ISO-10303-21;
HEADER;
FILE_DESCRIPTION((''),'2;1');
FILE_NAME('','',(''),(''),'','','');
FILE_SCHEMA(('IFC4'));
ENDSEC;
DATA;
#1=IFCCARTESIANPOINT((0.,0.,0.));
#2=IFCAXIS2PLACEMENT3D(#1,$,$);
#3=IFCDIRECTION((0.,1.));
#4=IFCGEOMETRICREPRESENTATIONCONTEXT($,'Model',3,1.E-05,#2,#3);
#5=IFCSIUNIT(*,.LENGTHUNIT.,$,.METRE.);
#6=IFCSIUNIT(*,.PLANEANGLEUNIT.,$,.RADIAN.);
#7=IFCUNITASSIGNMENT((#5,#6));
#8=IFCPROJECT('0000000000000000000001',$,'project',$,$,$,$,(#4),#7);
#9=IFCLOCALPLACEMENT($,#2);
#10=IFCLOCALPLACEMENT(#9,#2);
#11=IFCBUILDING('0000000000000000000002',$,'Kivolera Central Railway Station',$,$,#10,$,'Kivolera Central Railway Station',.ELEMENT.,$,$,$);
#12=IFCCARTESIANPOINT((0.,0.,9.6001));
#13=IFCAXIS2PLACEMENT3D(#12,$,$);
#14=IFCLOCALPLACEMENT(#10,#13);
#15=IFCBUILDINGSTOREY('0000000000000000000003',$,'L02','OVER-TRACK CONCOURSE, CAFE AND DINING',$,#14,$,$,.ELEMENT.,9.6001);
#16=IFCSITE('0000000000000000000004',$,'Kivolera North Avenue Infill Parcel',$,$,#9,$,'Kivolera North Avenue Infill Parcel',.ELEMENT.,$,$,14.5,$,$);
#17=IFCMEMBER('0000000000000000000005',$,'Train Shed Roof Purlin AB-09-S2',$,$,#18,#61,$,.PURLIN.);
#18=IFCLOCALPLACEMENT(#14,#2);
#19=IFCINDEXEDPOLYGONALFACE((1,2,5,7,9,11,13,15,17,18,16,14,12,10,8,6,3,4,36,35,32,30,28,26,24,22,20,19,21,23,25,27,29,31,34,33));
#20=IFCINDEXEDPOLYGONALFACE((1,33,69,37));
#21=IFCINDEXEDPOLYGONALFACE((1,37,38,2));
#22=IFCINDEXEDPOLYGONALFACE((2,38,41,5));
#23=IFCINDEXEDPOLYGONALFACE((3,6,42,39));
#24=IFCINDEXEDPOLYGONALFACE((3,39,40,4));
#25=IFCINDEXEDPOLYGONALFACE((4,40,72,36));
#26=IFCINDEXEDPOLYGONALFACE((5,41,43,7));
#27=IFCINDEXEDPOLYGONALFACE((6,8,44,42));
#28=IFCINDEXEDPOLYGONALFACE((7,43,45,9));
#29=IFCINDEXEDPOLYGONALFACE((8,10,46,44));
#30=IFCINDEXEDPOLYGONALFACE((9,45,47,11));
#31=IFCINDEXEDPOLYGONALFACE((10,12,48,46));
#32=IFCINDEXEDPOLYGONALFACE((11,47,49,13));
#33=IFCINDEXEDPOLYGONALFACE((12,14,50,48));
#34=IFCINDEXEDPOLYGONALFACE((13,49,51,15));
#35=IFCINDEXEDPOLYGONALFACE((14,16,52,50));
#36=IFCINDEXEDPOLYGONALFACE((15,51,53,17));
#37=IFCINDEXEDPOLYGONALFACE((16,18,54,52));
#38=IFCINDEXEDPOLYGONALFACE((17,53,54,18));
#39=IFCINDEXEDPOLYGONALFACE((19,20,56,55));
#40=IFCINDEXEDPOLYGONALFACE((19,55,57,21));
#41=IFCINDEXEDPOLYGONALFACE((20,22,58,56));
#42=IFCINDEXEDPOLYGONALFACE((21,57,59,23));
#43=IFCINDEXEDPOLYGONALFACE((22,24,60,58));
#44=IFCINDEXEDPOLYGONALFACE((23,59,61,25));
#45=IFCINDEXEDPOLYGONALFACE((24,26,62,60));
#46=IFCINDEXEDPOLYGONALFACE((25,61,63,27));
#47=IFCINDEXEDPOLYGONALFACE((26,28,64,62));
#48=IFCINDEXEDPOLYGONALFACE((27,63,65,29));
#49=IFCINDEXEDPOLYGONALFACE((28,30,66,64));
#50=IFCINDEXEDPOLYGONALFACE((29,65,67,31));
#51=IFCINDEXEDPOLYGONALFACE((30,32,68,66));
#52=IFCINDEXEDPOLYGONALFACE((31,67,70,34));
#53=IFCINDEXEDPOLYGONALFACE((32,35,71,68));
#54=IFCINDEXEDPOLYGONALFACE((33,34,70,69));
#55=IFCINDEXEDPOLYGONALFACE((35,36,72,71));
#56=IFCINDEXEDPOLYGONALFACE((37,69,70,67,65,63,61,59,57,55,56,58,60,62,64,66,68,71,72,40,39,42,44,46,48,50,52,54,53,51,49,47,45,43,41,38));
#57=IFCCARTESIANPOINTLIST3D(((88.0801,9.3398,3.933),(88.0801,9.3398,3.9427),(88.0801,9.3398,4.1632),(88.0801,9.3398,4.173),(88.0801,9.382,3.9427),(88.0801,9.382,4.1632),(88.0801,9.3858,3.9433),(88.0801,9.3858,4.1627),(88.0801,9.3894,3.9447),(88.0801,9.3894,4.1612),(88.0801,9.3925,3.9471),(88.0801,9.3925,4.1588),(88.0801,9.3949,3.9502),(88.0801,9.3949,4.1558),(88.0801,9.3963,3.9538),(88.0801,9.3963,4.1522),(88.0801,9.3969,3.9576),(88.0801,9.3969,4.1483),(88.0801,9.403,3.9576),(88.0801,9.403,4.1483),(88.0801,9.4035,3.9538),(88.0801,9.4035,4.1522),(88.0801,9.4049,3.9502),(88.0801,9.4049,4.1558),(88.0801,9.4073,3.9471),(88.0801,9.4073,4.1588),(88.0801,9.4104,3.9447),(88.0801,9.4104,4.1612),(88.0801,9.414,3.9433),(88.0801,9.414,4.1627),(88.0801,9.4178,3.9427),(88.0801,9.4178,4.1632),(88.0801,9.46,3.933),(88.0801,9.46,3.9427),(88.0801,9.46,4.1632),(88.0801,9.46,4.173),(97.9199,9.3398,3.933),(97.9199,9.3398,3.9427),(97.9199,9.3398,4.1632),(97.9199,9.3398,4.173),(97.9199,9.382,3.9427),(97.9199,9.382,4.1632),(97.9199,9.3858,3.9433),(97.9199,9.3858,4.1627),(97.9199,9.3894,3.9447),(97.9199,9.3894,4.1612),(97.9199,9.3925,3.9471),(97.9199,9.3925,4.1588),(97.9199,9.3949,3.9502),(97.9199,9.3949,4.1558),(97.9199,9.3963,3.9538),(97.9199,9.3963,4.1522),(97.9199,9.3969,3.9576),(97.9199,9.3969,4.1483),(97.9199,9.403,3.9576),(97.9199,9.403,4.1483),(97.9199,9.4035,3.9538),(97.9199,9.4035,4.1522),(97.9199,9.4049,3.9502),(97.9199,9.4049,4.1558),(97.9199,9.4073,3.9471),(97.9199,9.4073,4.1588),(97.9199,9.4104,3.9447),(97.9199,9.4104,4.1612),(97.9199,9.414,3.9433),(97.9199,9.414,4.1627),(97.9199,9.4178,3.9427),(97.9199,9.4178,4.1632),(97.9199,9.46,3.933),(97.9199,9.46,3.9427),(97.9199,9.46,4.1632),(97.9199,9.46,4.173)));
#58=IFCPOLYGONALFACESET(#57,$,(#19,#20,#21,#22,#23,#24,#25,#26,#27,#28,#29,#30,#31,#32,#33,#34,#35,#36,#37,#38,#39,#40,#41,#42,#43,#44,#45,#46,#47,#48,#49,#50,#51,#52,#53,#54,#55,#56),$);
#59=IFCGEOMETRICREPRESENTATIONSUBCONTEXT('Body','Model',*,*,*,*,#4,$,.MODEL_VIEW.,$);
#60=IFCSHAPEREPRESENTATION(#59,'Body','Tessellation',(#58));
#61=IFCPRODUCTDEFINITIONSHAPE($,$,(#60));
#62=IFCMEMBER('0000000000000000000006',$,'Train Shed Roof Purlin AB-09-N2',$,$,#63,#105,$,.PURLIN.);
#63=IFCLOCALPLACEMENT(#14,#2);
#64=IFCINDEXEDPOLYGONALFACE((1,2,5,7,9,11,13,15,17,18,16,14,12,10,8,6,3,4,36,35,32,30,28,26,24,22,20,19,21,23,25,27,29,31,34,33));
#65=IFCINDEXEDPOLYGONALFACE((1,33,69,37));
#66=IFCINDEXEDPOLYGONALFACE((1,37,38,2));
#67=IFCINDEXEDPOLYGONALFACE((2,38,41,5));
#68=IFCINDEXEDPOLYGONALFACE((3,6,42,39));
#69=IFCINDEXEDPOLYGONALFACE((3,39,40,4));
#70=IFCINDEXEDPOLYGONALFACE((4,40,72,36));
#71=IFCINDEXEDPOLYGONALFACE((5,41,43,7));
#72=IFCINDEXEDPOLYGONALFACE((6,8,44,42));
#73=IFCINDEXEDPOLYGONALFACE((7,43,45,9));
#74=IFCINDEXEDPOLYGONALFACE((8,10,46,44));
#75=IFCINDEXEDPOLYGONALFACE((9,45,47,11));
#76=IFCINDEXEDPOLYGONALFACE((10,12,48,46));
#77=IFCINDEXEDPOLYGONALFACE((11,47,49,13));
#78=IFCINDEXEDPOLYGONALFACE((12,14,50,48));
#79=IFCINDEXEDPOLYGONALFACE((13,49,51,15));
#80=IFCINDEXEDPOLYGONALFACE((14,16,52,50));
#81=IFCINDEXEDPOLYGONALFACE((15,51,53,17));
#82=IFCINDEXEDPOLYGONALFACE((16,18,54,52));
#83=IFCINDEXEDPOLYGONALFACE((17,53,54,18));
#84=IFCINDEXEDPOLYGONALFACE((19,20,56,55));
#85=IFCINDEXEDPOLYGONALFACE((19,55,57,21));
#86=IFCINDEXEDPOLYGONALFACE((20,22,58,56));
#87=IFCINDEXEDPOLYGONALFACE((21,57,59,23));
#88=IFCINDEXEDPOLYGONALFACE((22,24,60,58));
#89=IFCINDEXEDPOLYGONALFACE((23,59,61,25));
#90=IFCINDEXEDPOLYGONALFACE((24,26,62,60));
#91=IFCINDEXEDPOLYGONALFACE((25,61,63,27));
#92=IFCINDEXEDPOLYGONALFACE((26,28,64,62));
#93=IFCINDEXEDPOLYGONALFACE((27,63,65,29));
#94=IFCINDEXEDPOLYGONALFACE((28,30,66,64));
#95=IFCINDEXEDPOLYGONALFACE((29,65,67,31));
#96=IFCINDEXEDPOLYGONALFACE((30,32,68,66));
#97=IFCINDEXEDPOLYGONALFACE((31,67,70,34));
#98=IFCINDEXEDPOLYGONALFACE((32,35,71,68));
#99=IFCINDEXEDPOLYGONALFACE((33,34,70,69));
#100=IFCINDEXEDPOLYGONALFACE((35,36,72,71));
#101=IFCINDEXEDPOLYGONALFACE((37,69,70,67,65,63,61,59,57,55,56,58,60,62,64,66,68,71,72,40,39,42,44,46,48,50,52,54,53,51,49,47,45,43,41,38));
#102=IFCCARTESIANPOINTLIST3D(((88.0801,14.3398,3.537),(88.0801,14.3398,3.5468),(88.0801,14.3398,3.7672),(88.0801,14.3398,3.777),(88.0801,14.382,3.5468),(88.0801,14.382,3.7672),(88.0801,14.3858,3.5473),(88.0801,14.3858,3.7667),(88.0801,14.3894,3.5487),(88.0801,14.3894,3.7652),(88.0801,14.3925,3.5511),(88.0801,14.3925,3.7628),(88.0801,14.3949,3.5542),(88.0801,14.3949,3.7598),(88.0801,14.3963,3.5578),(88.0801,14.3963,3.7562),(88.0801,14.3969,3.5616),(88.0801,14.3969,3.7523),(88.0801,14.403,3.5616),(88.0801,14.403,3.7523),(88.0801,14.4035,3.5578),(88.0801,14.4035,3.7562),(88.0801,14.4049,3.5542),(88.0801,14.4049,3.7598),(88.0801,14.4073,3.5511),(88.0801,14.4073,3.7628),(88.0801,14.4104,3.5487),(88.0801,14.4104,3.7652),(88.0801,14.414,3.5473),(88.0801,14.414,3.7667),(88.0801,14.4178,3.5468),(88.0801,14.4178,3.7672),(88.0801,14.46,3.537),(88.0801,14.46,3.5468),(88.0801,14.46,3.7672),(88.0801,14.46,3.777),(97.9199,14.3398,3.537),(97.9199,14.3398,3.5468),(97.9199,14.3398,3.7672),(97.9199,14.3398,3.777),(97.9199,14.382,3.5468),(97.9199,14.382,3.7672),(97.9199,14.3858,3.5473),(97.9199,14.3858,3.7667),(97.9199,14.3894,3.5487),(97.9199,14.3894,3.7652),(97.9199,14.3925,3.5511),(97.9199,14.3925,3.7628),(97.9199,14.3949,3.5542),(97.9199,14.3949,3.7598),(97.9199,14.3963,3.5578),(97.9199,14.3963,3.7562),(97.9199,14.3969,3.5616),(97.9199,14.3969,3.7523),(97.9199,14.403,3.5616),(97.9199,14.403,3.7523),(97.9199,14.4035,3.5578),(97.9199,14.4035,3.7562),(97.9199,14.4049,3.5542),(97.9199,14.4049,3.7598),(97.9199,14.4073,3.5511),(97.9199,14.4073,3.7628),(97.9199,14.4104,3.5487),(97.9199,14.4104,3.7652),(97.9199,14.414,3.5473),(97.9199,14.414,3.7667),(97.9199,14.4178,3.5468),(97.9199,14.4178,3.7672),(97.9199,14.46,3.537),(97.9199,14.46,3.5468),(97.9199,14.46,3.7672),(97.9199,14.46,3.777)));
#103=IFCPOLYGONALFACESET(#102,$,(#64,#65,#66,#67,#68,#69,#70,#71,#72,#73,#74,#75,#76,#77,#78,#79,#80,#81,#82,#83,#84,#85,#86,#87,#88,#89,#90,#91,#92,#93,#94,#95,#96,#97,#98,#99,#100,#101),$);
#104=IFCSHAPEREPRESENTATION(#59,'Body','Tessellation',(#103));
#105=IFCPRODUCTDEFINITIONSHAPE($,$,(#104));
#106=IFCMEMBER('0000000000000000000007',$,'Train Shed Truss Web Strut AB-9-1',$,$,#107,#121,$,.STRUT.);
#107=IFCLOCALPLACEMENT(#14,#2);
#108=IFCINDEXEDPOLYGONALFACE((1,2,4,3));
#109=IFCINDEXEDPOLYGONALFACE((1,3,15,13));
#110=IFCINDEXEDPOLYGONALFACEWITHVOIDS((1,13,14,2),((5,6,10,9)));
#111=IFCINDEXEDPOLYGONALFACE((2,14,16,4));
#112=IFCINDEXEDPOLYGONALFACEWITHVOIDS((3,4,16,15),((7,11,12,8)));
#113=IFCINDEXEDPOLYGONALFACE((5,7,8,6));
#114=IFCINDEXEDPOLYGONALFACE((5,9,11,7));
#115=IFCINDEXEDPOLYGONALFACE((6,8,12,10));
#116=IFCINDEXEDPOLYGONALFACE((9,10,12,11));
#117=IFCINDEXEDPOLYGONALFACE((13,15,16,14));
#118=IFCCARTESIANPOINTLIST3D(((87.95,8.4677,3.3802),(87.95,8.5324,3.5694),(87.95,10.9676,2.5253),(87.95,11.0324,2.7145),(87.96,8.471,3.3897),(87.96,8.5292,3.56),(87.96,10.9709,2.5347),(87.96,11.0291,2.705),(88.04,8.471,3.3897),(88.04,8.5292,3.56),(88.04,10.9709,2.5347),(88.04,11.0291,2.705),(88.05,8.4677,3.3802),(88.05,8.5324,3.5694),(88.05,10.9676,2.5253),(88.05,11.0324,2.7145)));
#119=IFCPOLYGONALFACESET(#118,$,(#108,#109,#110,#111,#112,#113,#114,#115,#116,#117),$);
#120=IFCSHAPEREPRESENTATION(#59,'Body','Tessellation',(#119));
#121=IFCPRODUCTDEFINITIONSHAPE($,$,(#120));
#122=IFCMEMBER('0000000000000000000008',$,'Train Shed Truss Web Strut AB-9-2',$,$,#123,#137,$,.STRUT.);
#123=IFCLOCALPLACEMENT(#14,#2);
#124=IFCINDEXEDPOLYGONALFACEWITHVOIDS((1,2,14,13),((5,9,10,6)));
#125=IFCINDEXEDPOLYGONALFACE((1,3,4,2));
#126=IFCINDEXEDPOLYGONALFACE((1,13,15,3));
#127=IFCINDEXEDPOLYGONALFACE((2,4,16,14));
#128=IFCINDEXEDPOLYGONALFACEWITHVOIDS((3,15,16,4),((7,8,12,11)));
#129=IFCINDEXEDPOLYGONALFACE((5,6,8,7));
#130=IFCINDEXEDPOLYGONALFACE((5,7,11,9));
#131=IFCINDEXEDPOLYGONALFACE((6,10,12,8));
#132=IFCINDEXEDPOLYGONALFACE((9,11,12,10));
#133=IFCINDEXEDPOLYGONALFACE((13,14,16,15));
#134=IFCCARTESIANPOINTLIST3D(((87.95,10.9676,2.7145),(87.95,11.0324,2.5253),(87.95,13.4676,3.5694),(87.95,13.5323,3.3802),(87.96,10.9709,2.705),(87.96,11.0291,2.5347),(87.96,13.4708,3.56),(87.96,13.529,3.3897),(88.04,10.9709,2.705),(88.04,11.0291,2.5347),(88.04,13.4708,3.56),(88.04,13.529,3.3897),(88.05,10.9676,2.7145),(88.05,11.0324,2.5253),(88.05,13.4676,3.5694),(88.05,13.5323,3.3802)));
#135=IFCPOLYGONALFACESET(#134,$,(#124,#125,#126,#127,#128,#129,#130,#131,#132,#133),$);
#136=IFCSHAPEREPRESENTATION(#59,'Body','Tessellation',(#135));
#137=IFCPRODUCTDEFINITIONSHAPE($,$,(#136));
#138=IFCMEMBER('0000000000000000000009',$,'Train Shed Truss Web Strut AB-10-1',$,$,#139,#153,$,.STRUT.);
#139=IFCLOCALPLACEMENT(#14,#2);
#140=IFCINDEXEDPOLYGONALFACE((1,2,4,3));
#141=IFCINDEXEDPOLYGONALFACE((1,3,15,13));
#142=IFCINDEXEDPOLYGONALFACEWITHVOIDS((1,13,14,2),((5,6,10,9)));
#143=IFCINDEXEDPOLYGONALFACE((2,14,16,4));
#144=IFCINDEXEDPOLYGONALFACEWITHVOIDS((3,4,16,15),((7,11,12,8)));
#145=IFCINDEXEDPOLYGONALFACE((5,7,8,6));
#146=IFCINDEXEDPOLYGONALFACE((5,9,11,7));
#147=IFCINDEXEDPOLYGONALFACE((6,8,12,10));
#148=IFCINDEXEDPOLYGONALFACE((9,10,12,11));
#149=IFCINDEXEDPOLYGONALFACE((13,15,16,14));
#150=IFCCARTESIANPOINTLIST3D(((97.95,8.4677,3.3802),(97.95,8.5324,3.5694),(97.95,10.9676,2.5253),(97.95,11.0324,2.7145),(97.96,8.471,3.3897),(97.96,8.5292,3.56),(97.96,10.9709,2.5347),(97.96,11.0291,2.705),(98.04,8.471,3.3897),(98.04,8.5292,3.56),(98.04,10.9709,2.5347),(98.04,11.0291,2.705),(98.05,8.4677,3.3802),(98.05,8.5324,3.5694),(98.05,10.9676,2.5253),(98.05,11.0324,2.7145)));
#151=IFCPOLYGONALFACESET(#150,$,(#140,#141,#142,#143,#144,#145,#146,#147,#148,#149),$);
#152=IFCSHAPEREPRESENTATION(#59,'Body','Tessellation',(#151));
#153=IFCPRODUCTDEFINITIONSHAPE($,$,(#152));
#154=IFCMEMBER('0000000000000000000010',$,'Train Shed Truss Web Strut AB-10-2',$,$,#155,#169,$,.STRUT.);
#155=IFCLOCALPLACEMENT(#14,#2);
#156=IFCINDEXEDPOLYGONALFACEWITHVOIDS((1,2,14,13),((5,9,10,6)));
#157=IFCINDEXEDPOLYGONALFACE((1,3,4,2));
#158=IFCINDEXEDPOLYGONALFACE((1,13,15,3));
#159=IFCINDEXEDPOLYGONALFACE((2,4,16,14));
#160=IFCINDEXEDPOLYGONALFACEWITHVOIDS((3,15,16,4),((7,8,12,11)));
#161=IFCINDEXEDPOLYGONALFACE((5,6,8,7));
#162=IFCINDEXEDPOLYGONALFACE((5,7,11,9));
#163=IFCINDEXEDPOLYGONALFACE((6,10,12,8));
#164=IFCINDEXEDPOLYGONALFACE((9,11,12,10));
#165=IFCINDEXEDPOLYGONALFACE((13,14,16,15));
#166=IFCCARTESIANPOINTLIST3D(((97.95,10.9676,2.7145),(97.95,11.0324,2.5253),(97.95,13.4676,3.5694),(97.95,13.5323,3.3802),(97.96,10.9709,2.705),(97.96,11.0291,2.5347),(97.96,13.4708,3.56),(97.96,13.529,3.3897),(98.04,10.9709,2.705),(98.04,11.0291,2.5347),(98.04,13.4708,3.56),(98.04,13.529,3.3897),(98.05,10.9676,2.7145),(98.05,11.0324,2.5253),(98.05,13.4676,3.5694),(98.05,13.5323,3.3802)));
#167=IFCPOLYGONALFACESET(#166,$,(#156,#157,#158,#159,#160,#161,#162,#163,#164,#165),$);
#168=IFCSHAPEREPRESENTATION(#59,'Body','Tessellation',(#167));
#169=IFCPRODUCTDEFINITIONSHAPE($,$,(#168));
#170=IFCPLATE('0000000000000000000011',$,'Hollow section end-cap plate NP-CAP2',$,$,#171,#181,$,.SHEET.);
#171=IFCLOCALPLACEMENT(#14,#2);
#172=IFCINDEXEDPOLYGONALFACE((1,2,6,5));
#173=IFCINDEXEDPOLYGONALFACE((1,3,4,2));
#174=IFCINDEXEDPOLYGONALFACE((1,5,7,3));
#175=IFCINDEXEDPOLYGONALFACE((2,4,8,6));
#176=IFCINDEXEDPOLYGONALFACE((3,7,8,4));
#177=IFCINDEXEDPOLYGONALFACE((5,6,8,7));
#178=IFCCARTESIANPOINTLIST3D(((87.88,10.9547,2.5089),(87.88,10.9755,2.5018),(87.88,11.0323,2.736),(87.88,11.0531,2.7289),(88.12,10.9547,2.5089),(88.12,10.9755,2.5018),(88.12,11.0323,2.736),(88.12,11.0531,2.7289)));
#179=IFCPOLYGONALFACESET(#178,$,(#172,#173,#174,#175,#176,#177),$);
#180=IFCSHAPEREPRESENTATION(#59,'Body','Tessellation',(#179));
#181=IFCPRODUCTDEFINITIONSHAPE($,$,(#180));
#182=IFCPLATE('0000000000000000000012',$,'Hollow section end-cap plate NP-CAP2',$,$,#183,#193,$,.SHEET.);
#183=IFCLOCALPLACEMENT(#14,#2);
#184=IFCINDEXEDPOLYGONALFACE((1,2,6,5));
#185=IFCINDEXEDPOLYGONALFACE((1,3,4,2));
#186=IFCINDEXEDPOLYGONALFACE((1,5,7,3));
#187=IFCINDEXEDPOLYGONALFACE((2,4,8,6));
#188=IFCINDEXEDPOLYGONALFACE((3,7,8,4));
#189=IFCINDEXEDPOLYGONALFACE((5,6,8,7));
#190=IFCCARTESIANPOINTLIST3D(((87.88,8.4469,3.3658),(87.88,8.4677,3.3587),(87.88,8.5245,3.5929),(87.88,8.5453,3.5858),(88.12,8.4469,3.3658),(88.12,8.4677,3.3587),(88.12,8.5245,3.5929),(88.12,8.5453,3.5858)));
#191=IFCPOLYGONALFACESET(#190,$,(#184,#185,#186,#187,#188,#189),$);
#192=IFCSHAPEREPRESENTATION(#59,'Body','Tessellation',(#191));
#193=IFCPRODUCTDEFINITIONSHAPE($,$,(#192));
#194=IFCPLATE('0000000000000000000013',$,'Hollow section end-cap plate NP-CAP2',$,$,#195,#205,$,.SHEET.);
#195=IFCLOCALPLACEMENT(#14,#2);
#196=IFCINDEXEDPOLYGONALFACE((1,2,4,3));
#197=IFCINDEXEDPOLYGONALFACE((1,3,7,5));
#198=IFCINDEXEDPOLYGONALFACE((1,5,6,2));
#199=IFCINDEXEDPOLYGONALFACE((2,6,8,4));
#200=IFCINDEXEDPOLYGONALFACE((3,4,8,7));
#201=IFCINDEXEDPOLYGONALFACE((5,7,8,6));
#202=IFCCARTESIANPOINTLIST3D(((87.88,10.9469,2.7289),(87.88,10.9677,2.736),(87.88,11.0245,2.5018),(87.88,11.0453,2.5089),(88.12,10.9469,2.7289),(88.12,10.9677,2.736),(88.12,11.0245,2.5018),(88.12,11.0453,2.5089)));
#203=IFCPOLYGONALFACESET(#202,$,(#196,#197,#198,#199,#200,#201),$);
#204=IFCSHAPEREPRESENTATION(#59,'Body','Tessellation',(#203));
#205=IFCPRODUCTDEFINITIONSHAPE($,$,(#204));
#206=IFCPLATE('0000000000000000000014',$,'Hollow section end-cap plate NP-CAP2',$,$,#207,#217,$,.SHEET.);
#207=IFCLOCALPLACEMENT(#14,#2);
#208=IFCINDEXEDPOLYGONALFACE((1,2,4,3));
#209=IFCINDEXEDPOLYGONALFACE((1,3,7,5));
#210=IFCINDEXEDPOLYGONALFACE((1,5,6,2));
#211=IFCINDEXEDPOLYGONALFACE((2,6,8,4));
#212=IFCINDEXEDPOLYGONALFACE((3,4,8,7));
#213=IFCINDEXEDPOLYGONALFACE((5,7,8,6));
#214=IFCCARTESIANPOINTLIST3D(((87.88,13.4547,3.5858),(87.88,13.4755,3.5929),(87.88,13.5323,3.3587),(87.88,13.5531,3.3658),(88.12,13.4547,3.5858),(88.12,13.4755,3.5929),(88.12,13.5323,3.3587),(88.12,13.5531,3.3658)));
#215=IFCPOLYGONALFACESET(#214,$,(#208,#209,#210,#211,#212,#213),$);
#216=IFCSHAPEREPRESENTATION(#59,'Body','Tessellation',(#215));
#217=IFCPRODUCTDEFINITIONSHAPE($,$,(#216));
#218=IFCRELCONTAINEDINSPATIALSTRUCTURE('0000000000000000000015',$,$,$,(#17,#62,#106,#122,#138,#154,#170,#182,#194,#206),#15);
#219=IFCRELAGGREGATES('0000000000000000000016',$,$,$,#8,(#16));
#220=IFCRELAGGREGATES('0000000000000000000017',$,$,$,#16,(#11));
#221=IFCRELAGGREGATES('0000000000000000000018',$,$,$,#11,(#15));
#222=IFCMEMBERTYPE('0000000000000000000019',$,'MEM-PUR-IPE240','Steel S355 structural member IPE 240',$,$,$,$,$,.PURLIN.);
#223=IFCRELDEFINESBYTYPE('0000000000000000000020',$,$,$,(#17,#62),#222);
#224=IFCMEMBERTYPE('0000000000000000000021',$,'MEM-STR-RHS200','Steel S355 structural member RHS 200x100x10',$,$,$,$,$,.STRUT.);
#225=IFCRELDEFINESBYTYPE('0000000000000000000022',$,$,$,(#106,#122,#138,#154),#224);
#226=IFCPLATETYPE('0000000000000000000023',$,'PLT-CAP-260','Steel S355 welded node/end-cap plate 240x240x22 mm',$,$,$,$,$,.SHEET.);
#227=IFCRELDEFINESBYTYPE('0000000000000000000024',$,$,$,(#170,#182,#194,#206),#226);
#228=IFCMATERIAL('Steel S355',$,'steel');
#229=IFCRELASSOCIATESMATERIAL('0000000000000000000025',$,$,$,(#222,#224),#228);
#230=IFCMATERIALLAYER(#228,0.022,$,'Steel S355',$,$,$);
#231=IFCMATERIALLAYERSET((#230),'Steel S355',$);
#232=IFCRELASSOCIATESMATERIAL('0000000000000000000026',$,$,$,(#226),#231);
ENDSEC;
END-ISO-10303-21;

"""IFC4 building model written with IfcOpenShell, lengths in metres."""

from ifc_helpers import new_model, si_unit, direction, frame, origin, origin_2d, place, context, subcontext, project, spatial, rectangle, hollow_rectangle, i_section, extrude, material, layer, layer_set, material_profile, profile_set, type_object, element, save


model = new_model("IFC4")

# Units and contexts
model_context = context("Model", 3, precision=1e-05, world=origin(), true_north=direction((0.0, 1.0)))
body_context = subcontext(model_context, "Body", "Model", "MODEL_VIEW")
ifc_project = project(units=[si_unit("LENGTHUNIT", "METRE"), si_unit("PLANEANGLEUNIT", "RADIAN")], contexts=[model_context])

# Site, building, storey
site_placement = place(None, origin())
site = spatial("IfcSite", under=ifc_project, at=site_placement, Name="Kivolera North Avenue Infill Parcel", LongName="Kivolera North Avenue Infill Parcel", CompositionType="ELEMENT", RefElevation=14.5)
building_placement = place(site_placement, origin())
building = spatial("IfcBuilding", under=site, at=building_placement, Name="Kivolera Central Railway Station", LongName="Kivolera Central Railway Station", CompositionType="ELEMENT")
storey_placement = place(building_placement, frame((0.0, 0.0, 9.6001)))
storey = spatial("IfcBuildingStorey", under=building, at=storey_placement, Name="L02", Description="OVER-TRACK CONCOURSE, CAFE AND DINING", CompositionType="ELEMENT", Elevation=9.6001)

# Shared definitions
ifc_material_1 = material(Name="Steel S355", Category="steel")

# Members
ifc_material_profile_1 = material_profile(ifc_material_1, i_section(OverallWidth=0.1201, OverallDepth=0.24, WebThickness=0.0061, FlangeThickness=0.0098, FilletRadius=0.0149, at=origin_2d()), Name="IPE 240")
ifc_profile_set_1 = profile_set([ifc_material_profile_1], Name="Steel S355")
member_type_1 = type_object("IfcMemberType", Name="MEM-PUR-IPE240", Description="Steel S355 structural member IPE 240", PredefinedType="PURLIN", material=ifc_profile_set_1)
for number, where, z_axis, x_axis, name in (
    (1, (88.0801, 9.3999, 4.053), (1.0, 0.0, 0.0), (0.0, 1.0, 0.0), "Train Shed Roof Purlin AB-09-S2"),
    (2, (88.0801, 14.3999, 3.657), (1.0, 0.0, 0.0), (0.0, 1.0, 0.0), "Train Shed Roof Purlin AB-09-N2"),
):
    element("IfcMember", number, at=place(storey_placement, frame(where, z_axis=z_axis, x_axis=x_axis)), inside=storey, type_object=member_type_1, Name=name, PredefinedType="PURLIN", context=body_context, shape_type="SweptSolid", body=[
        extrude(i_section(OverallWidth=0.1201, OverallDepth=0.24, WebThickness=0.0061, FlangeThickness=0.0098, FilletRadius=0.0149, at=origin_2d()), origin(), (0.0, 0.0, 1.0), 9.8398),
    ])
ifc_material_profile_2 = material_profile(ifc_material_1, hollow_rectangle(XDim=0.1001, YDim=0.2, WallThickness=0.01, at=origin_2d()), Name="RHS 200x100x10")
ifc_profile_set_2 = profile_set([ifc_material_profile_2], Name="Steel S355")
member_type_2 = type_object("IfcMemberType", Name="MEM-STR-RHS200", Description="Steel S355 structural member RHS 200x100x10", PredefinedType="STRUT", material=ifc_profile_set_2)
for number, where, z_axis, x_axis, name in (
    (3, (88.0, 11.0, 2.6199), (0.0, -0.946197, 0.323592), (1.0, 0.0, 0.0), "Train Shed Truss Web Strut AB-9-1"),
    (4, (88.0, 11.0, 2.6199), (0.0, 0.946197, 0.323592), (-1.0, 0.0, 0.0), "Train Shed Truss Web Strut AB-9-2"),
    (5, (98.0, 11.0, 2.6199), (0.0, -0.946197, 0.323592), (1.0, 0.0, 0.0), "Train Shed Truss Web Strut AB-10-1"),
    (6, (98.0, 11.0, 2.6199), (0.0, 0.946197, 0.323592), (-1.0, 0.0, 0.0), "Train Shed Truss Web Strut AB-10-2"),
):
    element("IfcMember", number, at=place(storey_placement, frame(where, z_axis=z_axis, x_axis=x_axis)), inside=storey, type_object=member_type_2, Name=name, PredefinedType="STRUT", context=body_context, shape_type="SweptSolid", body=[
        extrude(hollow_rectangle(XDim=0.1001, YDim=0.2, WallThickness=0.01, at=origin_2d()), origin(), (0.0, 0.0, 1.0), 2.6421),
    ])

# Plates
ifc_layer_1 = layer(ifc_material_1, 0.022, Name="Steel S355")
ifc_layer_set_1 = layer_set([ifc_layer_1], Name="Steel S355")
plate_type = type_object("IfcPlateType", Name="PLT-CAP-260", Description="Steel S355 welded node/end-cap plate 240x240x22 mm", PredefinedType="SHEET", material=ifc_layer_set_1)
for number, where, z_axis, x_axis, name in (
    (7, (88.0, 11.0039, 2.6189), (0.0, -0.946194, 0.323599), (1.0, 0.0, 0.0), "Hollow section end-cap plate NP-CAP2"),
    (8, (88.0, 8.4961, 3.4758), (0.0, -0.946194, 0.323599), (1.0, 0.0, 0.0), "Hollow section end-cap plate NP-CAP2"),
    (9, (88.0, 10.9961, 2.6189), (0.0, 0.946194, 0.323599), (-1.0, 0.0, 0.0), "Hollow section end-cap plate NP-CAP2"),
    (10, (88.0, 13.5039, 3.4758), (0.0, 0.946194, 0.323599), (-1.0, 0.0, 0.0), "Hollow section end-cap plate NP-CAP2"),
):
    element("IfcPlate", number, at=place(storey_placement, frame(where, z_axis=z_axis, x_axis=x_axis)), inside=storey, type_object=plate_type, Name=name, PredefinedType="SHEET", context=body_context, shape_type="SweptSolid", body=[
        extrude(rectangle(XDim=0.24, YDim=0.24, at=origin_2d()), frame((0.0, 0.0, -0.011)), (0.0, 0.0, 1.0), 0.022),
    ])

save(model, "model.ifc")
